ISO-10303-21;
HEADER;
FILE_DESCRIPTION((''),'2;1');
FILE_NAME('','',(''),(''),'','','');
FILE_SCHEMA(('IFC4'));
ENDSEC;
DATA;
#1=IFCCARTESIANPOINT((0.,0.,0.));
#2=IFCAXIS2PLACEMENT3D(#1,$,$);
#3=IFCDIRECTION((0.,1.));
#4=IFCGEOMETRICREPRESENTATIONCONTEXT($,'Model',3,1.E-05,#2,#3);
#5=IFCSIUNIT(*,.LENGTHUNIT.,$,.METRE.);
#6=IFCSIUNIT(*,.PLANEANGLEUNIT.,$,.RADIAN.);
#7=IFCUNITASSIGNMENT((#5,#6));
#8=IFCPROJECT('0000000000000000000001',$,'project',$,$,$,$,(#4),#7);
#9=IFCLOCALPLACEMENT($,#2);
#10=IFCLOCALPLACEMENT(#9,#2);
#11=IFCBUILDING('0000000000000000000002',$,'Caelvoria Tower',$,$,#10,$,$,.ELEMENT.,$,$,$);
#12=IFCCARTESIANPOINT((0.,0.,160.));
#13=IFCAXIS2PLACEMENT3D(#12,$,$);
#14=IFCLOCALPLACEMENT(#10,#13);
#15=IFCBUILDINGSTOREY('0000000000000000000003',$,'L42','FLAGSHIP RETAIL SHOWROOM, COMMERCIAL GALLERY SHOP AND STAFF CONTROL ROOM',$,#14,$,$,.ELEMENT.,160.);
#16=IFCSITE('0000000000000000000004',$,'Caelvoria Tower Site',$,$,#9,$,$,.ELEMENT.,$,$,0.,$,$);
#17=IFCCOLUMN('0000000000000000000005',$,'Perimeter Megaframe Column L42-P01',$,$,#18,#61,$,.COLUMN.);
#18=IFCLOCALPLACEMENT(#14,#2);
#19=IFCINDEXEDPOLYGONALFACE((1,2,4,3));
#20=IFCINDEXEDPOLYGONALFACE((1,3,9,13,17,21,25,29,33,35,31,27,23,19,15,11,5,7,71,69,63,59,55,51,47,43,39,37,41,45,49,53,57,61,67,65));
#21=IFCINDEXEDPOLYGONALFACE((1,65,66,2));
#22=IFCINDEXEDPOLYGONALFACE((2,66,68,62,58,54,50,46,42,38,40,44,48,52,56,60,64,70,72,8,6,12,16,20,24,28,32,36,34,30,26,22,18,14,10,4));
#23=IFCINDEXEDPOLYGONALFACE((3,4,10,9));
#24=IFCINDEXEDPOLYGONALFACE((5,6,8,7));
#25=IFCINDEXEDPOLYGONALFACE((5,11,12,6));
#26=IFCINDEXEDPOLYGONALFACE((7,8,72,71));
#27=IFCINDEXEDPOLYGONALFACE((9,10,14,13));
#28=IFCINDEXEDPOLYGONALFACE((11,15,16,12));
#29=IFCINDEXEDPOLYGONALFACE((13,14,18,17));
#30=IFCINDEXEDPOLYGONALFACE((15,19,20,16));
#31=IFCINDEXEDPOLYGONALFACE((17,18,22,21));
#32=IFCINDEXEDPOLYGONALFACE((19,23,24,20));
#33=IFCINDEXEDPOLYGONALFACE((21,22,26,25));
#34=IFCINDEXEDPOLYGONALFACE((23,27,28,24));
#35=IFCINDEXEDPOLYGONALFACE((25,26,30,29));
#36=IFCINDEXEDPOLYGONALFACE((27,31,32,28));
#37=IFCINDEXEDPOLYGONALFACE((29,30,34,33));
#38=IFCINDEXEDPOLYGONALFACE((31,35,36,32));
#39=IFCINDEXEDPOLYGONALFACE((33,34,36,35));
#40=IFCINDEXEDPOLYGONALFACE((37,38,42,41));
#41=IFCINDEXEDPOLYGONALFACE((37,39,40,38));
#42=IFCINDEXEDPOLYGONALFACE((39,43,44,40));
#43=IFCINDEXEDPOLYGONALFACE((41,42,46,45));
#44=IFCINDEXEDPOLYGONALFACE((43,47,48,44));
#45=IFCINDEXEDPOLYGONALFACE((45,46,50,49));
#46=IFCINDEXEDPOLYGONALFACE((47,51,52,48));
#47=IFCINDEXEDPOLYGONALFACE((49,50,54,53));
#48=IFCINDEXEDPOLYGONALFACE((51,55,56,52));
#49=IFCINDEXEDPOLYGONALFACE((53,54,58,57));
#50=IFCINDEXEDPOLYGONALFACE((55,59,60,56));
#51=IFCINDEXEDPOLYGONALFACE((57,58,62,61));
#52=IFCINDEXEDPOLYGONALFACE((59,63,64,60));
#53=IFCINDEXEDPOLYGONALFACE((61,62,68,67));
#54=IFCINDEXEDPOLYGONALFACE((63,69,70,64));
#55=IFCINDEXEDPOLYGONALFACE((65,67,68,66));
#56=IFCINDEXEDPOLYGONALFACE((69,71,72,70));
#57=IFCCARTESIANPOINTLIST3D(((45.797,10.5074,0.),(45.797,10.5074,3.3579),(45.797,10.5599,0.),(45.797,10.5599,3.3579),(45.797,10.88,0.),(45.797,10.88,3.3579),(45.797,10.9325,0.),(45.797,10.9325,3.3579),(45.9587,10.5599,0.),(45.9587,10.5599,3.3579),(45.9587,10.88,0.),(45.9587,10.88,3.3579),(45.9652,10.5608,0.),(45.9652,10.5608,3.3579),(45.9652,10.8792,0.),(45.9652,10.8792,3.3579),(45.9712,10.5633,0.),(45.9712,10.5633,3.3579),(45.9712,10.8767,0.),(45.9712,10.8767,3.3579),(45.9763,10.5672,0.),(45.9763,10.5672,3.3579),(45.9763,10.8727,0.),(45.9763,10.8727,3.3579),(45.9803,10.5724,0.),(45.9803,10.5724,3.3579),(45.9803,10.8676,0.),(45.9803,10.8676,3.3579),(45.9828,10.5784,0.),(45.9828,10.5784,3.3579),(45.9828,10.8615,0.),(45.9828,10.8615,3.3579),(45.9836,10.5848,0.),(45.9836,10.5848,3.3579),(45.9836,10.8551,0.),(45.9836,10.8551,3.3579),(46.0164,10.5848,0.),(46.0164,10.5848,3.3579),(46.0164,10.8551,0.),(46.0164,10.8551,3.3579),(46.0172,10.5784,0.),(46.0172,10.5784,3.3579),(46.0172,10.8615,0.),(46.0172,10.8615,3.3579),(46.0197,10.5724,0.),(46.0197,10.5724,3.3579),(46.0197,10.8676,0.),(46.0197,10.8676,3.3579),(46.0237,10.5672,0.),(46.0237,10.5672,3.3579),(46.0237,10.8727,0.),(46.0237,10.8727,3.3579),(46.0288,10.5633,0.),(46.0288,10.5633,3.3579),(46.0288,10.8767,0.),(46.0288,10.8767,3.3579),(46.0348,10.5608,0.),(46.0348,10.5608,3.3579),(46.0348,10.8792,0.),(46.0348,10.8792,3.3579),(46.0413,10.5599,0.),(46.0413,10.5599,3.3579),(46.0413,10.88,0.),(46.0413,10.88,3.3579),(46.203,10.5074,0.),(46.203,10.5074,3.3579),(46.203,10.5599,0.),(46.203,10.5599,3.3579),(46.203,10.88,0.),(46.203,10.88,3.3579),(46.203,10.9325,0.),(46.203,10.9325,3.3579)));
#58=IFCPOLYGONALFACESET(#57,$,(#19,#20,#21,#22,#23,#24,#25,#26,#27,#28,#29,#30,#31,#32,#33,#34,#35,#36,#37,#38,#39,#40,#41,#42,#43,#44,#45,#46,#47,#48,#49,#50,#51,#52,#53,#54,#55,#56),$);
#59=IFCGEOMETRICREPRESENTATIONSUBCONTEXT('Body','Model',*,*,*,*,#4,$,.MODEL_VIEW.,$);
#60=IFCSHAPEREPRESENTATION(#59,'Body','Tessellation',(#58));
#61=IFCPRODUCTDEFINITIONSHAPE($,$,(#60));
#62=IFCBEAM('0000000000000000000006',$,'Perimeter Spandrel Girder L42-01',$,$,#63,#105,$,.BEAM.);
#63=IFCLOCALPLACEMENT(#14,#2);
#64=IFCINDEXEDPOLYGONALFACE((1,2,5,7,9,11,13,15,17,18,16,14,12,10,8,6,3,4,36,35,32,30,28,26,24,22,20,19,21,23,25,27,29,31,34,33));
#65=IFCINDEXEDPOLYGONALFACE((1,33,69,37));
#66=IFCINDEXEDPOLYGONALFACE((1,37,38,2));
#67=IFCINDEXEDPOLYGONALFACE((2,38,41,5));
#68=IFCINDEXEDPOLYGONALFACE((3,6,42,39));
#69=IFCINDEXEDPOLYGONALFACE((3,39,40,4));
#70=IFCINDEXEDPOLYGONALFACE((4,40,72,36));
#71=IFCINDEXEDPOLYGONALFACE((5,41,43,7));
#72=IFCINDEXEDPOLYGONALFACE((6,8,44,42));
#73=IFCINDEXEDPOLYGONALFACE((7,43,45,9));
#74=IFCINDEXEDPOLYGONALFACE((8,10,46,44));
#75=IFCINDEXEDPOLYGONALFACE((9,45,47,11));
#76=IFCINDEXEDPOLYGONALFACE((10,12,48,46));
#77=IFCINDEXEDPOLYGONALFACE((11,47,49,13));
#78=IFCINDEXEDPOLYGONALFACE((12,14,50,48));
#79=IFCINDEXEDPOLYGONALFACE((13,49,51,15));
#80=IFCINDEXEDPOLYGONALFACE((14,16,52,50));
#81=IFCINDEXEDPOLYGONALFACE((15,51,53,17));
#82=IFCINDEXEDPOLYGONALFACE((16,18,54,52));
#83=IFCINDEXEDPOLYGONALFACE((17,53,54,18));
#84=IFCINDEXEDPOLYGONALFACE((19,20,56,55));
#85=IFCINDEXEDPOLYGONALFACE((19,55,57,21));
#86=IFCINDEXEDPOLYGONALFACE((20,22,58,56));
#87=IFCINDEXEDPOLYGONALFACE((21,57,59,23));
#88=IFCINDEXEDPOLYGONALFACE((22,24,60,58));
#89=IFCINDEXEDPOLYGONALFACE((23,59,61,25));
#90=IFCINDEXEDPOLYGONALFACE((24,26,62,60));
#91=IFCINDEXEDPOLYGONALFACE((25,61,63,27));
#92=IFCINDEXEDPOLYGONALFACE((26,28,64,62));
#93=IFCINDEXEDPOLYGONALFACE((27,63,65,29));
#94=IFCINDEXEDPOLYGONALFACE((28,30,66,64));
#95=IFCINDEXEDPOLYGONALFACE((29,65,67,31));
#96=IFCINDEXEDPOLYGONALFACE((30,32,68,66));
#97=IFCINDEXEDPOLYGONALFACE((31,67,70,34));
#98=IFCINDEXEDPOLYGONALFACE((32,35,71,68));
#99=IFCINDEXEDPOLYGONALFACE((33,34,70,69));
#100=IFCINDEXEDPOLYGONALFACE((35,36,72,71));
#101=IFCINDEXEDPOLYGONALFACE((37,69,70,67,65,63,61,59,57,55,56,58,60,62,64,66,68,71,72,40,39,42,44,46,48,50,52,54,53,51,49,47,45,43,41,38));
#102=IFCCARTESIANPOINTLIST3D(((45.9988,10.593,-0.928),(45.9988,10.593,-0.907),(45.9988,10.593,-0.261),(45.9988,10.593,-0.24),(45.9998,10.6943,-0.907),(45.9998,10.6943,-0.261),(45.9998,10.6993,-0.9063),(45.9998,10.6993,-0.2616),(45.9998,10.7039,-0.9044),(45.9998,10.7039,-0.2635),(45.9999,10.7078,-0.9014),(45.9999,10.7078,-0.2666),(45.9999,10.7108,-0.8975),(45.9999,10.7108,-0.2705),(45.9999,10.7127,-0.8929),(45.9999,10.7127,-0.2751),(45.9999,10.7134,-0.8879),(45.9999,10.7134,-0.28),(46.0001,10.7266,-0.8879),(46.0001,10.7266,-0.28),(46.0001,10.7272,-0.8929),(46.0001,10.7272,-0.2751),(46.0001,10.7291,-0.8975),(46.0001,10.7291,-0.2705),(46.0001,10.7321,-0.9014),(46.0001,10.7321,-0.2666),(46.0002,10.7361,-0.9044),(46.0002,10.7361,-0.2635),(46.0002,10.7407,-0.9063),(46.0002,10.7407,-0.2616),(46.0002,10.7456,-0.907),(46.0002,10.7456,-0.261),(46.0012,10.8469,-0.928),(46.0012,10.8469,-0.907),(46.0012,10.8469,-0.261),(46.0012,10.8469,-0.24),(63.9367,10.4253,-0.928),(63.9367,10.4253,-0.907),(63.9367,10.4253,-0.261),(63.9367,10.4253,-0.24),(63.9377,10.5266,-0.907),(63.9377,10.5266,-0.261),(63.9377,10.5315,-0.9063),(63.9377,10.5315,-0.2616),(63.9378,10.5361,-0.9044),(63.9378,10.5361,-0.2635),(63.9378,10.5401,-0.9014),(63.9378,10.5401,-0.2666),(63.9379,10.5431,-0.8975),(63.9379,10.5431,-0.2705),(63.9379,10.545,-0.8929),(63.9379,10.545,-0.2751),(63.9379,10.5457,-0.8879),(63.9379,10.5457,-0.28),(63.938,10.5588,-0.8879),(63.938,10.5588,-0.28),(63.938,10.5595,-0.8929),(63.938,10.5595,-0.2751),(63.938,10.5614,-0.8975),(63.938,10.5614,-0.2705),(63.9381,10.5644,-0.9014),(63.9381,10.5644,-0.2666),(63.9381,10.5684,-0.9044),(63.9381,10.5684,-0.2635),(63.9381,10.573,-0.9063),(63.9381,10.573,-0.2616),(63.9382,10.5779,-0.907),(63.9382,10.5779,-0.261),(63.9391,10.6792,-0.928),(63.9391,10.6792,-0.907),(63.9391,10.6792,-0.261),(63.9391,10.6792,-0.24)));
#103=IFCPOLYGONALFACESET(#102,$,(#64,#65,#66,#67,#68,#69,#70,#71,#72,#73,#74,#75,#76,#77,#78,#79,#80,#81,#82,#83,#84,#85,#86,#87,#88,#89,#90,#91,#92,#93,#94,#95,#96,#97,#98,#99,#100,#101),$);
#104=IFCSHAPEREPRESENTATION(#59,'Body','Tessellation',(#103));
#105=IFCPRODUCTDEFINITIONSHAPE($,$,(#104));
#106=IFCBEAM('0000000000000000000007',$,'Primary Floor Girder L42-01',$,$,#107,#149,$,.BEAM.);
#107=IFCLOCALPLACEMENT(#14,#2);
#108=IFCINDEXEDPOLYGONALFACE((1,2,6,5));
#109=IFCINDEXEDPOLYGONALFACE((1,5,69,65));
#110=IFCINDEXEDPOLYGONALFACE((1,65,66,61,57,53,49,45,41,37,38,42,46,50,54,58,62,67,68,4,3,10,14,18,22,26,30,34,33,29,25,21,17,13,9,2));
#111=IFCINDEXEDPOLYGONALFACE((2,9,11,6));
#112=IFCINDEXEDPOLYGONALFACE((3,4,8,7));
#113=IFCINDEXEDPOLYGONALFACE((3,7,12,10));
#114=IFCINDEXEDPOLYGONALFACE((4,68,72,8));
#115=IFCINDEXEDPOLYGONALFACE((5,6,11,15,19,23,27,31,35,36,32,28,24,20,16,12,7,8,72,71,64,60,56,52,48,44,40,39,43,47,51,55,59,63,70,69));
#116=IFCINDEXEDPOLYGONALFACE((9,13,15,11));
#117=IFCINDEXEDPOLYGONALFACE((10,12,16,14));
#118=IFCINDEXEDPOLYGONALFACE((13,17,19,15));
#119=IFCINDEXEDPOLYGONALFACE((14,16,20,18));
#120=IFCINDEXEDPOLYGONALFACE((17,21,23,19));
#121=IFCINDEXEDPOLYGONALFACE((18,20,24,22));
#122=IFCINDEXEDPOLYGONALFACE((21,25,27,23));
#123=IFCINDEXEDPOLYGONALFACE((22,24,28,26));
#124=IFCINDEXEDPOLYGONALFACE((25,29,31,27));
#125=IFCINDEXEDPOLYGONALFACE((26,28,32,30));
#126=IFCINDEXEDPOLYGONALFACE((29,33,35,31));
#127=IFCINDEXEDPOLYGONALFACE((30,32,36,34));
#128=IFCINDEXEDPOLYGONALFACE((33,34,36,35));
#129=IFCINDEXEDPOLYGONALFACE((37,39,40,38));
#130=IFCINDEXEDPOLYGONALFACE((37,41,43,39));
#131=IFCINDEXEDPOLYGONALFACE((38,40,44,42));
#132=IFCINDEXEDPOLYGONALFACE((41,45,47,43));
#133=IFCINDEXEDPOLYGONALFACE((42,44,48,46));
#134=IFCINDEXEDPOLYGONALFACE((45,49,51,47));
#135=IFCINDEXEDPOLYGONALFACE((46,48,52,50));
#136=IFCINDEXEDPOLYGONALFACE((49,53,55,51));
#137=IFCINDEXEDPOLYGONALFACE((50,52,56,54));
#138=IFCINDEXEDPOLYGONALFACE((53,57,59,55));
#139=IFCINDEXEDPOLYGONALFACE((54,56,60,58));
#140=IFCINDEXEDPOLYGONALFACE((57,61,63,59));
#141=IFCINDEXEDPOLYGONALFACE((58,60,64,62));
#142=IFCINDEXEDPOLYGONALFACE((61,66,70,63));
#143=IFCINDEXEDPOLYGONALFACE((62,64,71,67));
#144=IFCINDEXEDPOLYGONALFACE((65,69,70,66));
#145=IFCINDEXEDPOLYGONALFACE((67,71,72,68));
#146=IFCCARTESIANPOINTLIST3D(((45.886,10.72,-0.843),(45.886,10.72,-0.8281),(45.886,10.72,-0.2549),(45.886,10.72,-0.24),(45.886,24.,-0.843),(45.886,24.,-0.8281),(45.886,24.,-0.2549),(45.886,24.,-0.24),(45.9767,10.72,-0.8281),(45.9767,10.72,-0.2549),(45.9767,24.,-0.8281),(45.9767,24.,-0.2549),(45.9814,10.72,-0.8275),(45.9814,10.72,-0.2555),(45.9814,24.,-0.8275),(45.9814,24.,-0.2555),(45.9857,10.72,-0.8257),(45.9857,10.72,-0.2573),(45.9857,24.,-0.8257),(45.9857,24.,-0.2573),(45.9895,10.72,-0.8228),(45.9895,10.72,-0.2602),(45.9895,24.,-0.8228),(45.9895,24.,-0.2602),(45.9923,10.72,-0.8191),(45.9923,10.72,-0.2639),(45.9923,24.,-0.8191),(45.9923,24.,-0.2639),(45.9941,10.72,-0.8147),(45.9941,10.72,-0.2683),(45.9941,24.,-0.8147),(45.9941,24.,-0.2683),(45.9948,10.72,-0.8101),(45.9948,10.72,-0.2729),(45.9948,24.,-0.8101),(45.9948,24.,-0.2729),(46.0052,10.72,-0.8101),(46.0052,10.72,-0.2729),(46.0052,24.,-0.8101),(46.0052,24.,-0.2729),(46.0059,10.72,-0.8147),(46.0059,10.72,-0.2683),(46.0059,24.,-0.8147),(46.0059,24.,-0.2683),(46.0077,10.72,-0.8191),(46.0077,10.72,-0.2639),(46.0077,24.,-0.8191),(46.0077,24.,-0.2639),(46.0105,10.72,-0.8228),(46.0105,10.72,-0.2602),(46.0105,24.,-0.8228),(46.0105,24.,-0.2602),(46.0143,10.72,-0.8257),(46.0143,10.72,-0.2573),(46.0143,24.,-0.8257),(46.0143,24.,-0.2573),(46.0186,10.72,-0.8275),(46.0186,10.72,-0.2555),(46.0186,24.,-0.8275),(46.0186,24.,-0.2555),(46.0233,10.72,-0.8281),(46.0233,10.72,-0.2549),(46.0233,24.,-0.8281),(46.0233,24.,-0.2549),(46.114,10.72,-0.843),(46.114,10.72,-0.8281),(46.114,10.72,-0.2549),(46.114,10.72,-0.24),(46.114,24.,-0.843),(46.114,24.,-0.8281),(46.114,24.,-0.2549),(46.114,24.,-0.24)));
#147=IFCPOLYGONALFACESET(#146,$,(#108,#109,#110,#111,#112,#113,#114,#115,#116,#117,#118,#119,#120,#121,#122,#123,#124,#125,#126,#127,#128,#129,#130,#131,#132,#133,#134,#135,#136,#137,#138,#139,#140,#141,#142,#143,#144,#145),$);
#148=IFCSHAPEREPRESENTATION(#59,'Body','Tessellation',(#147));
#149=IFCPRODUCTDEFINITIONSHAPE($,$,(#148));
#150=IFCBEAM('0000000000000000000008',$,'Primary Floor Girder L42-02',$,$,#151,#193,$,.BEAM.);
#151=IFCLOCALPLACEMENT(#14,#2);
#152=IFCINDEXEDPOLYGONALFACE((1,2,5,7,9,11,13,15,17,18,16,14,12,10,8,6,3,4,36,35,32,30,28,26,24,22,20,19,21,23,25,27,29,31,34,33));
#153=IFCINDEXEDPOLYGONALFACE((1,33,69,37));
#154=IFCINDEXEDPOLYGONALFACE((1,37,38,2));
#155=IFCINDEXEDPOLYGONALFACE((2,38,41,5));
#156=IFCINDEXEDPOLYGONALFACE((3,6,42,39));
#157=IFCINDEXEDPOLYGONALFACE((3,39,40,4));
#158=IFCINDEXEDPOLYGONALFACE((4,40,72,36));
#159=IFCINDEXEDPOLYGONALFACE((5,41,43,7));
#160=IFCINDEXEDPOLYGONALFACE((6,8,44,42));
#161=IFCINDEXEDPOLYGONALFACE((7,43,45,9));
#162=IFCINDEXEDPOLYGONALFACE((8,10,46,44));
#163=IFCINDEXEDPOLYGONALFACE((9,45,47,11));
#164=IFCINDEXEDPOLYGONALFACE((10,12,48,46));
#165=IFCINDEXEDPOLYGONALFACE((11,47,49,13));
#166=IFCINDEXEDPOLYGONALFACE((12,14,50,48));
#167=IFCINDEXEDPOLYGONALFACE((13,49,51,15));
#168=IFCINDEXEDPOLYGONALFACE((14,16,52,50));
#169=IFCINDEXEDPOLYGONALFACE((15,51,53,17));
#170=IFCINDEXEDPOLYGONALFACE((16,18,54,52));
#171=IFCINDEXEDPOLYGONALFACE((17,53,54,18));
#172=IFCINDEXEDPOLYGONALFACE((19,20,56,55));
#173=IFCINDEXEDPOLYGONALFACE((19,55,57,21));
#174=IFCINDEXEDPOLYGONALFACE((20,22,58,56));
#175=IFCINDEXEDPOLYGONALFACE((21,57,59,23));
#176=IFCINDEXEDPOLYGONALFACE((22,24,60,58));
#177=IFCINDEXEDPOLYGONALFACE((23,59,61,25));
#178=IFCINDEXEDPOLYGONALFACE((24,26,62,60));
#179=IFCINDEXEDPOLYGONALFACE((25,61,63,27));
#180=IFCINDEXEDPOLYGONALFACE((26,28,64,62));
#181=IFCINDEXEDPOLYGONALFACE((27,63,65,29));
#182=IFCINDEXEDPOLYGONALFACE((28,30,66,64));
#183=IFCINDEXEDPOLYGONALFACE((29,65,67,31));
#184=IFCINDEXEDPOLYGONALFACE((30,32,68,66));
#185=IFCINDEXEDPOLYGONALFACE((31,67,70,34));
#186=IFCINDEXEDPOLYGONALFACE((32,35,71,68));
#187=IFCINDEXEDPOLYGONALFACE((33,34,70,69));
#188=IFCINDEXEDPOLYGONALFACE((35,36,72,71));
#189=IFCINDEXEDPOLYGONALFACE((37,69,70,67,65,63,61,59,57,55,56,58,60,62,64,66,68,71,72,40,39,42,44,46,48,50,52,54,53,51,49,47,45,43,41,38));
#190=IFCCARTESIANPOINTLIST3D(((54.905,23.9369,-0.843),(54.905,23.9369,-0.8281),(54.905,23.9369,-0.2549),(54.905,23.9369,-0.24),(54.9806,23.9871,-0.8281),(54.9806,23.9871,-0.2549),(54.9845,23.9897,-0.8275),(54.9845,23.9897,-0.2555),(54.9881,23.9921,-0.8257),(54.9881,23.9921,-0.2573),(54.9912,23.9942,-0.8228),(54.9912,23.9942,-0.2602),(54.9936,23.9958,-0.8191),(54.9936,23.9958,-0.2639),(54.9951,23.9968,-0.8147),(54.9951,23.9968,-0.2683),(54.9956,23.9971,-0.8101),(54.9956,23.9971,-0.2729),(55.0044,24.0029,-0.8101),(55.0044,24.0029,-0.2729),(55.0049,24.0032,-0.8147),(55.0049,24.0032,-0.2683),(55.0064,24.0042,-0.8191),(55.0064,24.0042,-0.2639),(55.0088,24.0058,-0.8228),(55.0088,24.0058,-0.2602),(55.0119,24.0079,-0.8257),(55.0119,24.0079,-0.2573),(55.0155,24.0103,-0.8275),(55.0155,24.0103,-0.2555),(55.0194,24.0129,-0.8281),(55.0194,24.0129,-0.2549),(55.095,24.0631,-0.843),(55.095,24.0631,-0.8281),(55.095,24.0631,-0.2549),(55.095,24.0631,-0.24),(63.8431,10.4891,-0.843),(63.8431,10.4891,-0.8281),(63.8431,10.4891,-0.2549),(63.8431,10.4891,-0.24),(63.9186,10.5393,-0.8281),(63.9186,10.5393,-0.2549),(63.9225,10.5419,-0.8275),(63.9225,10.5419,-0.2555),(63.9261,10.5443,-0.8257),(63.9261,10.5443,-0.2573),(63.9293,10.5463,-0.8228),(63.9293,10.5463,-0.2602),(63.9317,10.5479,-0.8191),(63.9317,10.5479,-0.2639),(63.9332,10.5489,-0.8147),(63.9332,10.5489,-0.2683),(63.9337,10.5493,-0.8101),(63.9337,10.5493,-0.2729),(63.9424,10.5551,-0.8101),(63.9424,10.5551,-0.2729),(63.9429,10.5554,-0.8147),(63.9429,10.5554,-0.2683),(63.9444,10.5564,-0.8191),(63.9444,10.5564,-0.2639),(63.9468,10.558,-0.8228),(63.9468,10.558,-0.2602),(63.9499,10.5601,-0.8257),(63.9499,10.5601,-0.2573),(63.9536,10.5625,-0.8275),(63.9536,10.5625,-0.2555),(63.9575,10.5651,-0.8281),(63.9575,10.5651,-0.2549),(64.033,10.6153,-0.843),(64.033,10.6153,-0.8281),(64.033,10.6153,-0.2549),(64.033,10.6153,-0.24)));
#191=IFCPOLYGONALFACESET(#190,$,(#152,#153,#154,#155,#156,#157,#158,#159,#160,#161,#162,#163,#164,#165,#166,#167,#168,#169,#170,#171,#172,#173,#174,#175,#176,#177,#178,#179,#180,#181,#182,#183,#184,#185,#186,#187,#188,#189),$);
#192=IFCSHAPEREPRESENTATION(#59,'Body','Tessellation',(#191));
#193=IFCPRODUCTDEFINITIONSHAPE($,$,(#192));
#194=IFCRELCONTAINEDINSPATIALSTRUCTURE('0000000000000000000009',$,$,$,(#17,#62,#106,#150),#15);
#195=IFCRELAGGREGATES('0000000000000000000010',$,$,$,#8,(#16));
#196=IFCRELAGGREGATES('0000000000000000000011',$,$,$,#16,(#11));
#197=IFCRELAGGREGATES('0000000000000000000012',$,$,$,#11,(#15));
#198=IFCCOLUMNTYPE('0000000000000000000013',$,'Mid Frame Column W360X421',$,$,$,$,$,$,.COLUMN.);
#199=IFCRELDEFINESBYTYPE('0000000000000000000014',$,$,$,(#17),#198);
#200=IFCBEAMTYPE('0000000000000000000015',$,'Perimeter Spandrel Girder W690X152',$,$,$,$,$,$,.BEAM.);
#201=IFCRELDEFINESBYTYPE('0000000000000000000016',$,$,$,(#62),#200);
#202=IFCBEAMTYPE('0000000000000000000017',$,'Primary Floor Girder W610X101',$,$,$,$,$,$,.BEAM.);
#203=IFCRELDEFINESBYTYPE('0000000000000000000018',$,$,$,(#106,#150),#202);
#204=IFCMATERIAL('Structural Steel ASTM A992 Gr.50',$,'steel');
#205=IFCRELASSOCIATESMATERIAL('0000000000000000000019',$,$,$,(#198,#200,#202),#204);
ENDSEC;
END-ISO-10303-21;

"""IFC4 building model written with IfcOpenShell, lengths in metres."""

from ifc_helpers import new_model, si_unit, direction, frame, origin, origin_2d, place, context, subcontext, project, spatial, i_section, extrude, material, material_profile, profile_set, type_object, element, save


model = new_model("IFC4")

# Units and contexts
model_context = context("Model", 3, precision=1e-05, world=origin(), true_north=direction((0.0, 1.0)))
body_context = subcontext(model_context, "Body", "Model", "MODEL_VIEW")
ifc_project = project(units=[si_unit("LENGTHUNIT", "METRE"), si_unit("PLANEANGLEUNIT", "RADIAN")], contexts=[model_context])

# Site, building, storey
site_placement = place(None, origin())
site = spatial("IfcSite", under=ifc_project, at=site_placement, Name="Caelvoria Tower Site", CompositionType="ELEMENT", RefElevation=0.0)
building_placement = place(site_placement, origin())
building = spatial("IfcBuilding", under=site, at=building_placement, Name="Caelvoria Tower", CompositionType="ELEMENT")
storey_placement = place(building_placement, frame((0.0, 0.0, 160.0)))
storey = spatial("IfcBuildingStorey", under=building, at=storey_placement, Name="L42", Description="FLAGSHIP RETAIL SHOWROOM, COMMERCIAL GALLERY SHOP AND STAFF CONTROL ROOM", CompositionType="ELEMENT", Elevation=160.0)

# Column
ifc_material_1 = material(Name="Structural Steel ASTM A992 Gr.50", Category="steel")
ifc_material_profile_1 = material_profile(ifc_material_1, i_section(OverallWidth=0.406, OverallDepth=0.425, WebThickness=0.0327, FlangeThickness=0.0525, FilletRadius=0.0249, at=origin_2d()), Name="Structural Steel ASTM A992 Gr.50")
ifc_profile_set_1 = profile_set([ifc_material_profile_1], Name="W360X421 - Structural Steel ASTM A992 Gr.50")
column_type = type_object("IfcColumnType", Name="Mid Frame Column W360X421", PredefinedType="COLUMN", material=ifc_profile_set_1)
column_placement = place(storey_placement, frame((46.0, 10.72, 0.0), z_axis=(0.0, 0.0, 1.0), x_axis=(1.0, 0.0, 0.0)))
element("IfcColumn", 1, at=column_placement, inside=storey, type_object=column_type, Name="Perimeter Megaframe Column L42-P01", PredefinedType="COLUMN", context=body_context, shape_type="SweptSolid", body=[
    extrude(i_section(OverallWidth=0.406, OverallDepth=0.425, WebThickness=0.0327, FlangeThickness=0.0525, FilletRadius=0.0249, at=origin_2d()), origin(), (0.0, 0.0, 1.0), 3.3579),
])

# Beams
ifc_material_profile_2 = material_profile(ifc_material_1, i_section(OverallWidth=0.2539, OverallDepth=0.688, WebThickness=0.0132, FlangeThickness=0.021, FilletRadius=0.019, at=origin_2d()), Name="Structural Steel ASTM A992 Gr.50")
ifc_profile_set_2 = profile_set([ifc_material_profile_2], Name="W690X152 - Structural Steel ASTM A992 Gr.50")
beam_type_1 = type_object("IfcBeamType", Name="Perimeter Spandrel Girder W690X152", PredefinedType="BEAM", material=ifc_profile_set_2)
beam_1_placement = place(storey_placement, frame((46.0, 10.72, -0.584), z_axis=(0.999956, -0.00935, 0.0), x_axis=(0.00935, 0.999956, 0.0)))
element("IfcBeam", 2, at=beam_1_placement, inside=storey, type_object=beam_type_1, Name="Perimeter Spandrel Girder L42-01", PredefinedType="BEAM", context=body_context, shape_type="SweptSolid", body=[
    extrude(i_section(OverallWidth=0.2539, OverallDepth=0.688, WebThickness=0.0132, FlangeThickness=0.021, FilletRadius=0.019, at=origin_2d()), origin(), (0.0, 0.0, 1.0), 17.9387),
])
ifc_material_profile_3 = material_profile(ifc_material_1, i_section(OverallWidth=0.228, OverallDepth=0.603, WebThickness=0.0105, FlangeThickness=0.0149, FilletRadius=0.0181, at=origin_2d()), Name="Structural Steel ASTM A992 Gr.50")
ifc_profile_set_3 = profile_set([ifc_material_profile_3], Name="W610X101 - Structural Steel ASTM A992 Gr.50")
beam_type_2 = type_object("IfcBeamType", Name="Primary Floor Girder W610X101", PredefinedType="BEAM", material=ifc_profile_set_3)
beam_2_placement = place(storey_placement, frame((46.0, 24.0, -0.5415), z_axis=(0.0, -1.0, 0.0), x_axis=(1.0, 0.0, 0.0)))
element("IfcBeam", 3, at=beam_2_placement, inside=storey, type_object=beam_type_2, Name="Primary Floor Girder L42-01", PredefinedType="BEAM", context=body_context, shape_type="SweptSolid", body=[
    extrude(i_section(OverallWidth=0.228, OverallDepth=0.603, WebThickness=0.0105, FlangeThickness=0.0149, FilletRadius=0.0181, at=origin_2d()), origin(), (0.0, 0.0, 1.0), 13.28),
])
beam_3_placement = place(storey_placement, frame((55.0, 24.0, -0.5415), z_axis=(0.553534, -0.832826, 0.0), x_axis=(0.832826, 0.553534, 0.0)))
element("IfcBeam", 4, at=beam_3_placement, inside=storey, type_object=beam_type_2, Name="Primary Floor Girder L42-02", PredefinedType="BEAM", context=body_context, shape_type="SweptSolid", body=[
    extrude(i_section(OverallWidth=0.228, OverallDepth=0.603, WebThickness=0.0105, FlangeThickness=0.0149, FilletRadius=0.0181, at=origin_2d()), origin(), (0.0, 0.0, 1.0), 16.1472),
])

save(model, "model.ifc")
